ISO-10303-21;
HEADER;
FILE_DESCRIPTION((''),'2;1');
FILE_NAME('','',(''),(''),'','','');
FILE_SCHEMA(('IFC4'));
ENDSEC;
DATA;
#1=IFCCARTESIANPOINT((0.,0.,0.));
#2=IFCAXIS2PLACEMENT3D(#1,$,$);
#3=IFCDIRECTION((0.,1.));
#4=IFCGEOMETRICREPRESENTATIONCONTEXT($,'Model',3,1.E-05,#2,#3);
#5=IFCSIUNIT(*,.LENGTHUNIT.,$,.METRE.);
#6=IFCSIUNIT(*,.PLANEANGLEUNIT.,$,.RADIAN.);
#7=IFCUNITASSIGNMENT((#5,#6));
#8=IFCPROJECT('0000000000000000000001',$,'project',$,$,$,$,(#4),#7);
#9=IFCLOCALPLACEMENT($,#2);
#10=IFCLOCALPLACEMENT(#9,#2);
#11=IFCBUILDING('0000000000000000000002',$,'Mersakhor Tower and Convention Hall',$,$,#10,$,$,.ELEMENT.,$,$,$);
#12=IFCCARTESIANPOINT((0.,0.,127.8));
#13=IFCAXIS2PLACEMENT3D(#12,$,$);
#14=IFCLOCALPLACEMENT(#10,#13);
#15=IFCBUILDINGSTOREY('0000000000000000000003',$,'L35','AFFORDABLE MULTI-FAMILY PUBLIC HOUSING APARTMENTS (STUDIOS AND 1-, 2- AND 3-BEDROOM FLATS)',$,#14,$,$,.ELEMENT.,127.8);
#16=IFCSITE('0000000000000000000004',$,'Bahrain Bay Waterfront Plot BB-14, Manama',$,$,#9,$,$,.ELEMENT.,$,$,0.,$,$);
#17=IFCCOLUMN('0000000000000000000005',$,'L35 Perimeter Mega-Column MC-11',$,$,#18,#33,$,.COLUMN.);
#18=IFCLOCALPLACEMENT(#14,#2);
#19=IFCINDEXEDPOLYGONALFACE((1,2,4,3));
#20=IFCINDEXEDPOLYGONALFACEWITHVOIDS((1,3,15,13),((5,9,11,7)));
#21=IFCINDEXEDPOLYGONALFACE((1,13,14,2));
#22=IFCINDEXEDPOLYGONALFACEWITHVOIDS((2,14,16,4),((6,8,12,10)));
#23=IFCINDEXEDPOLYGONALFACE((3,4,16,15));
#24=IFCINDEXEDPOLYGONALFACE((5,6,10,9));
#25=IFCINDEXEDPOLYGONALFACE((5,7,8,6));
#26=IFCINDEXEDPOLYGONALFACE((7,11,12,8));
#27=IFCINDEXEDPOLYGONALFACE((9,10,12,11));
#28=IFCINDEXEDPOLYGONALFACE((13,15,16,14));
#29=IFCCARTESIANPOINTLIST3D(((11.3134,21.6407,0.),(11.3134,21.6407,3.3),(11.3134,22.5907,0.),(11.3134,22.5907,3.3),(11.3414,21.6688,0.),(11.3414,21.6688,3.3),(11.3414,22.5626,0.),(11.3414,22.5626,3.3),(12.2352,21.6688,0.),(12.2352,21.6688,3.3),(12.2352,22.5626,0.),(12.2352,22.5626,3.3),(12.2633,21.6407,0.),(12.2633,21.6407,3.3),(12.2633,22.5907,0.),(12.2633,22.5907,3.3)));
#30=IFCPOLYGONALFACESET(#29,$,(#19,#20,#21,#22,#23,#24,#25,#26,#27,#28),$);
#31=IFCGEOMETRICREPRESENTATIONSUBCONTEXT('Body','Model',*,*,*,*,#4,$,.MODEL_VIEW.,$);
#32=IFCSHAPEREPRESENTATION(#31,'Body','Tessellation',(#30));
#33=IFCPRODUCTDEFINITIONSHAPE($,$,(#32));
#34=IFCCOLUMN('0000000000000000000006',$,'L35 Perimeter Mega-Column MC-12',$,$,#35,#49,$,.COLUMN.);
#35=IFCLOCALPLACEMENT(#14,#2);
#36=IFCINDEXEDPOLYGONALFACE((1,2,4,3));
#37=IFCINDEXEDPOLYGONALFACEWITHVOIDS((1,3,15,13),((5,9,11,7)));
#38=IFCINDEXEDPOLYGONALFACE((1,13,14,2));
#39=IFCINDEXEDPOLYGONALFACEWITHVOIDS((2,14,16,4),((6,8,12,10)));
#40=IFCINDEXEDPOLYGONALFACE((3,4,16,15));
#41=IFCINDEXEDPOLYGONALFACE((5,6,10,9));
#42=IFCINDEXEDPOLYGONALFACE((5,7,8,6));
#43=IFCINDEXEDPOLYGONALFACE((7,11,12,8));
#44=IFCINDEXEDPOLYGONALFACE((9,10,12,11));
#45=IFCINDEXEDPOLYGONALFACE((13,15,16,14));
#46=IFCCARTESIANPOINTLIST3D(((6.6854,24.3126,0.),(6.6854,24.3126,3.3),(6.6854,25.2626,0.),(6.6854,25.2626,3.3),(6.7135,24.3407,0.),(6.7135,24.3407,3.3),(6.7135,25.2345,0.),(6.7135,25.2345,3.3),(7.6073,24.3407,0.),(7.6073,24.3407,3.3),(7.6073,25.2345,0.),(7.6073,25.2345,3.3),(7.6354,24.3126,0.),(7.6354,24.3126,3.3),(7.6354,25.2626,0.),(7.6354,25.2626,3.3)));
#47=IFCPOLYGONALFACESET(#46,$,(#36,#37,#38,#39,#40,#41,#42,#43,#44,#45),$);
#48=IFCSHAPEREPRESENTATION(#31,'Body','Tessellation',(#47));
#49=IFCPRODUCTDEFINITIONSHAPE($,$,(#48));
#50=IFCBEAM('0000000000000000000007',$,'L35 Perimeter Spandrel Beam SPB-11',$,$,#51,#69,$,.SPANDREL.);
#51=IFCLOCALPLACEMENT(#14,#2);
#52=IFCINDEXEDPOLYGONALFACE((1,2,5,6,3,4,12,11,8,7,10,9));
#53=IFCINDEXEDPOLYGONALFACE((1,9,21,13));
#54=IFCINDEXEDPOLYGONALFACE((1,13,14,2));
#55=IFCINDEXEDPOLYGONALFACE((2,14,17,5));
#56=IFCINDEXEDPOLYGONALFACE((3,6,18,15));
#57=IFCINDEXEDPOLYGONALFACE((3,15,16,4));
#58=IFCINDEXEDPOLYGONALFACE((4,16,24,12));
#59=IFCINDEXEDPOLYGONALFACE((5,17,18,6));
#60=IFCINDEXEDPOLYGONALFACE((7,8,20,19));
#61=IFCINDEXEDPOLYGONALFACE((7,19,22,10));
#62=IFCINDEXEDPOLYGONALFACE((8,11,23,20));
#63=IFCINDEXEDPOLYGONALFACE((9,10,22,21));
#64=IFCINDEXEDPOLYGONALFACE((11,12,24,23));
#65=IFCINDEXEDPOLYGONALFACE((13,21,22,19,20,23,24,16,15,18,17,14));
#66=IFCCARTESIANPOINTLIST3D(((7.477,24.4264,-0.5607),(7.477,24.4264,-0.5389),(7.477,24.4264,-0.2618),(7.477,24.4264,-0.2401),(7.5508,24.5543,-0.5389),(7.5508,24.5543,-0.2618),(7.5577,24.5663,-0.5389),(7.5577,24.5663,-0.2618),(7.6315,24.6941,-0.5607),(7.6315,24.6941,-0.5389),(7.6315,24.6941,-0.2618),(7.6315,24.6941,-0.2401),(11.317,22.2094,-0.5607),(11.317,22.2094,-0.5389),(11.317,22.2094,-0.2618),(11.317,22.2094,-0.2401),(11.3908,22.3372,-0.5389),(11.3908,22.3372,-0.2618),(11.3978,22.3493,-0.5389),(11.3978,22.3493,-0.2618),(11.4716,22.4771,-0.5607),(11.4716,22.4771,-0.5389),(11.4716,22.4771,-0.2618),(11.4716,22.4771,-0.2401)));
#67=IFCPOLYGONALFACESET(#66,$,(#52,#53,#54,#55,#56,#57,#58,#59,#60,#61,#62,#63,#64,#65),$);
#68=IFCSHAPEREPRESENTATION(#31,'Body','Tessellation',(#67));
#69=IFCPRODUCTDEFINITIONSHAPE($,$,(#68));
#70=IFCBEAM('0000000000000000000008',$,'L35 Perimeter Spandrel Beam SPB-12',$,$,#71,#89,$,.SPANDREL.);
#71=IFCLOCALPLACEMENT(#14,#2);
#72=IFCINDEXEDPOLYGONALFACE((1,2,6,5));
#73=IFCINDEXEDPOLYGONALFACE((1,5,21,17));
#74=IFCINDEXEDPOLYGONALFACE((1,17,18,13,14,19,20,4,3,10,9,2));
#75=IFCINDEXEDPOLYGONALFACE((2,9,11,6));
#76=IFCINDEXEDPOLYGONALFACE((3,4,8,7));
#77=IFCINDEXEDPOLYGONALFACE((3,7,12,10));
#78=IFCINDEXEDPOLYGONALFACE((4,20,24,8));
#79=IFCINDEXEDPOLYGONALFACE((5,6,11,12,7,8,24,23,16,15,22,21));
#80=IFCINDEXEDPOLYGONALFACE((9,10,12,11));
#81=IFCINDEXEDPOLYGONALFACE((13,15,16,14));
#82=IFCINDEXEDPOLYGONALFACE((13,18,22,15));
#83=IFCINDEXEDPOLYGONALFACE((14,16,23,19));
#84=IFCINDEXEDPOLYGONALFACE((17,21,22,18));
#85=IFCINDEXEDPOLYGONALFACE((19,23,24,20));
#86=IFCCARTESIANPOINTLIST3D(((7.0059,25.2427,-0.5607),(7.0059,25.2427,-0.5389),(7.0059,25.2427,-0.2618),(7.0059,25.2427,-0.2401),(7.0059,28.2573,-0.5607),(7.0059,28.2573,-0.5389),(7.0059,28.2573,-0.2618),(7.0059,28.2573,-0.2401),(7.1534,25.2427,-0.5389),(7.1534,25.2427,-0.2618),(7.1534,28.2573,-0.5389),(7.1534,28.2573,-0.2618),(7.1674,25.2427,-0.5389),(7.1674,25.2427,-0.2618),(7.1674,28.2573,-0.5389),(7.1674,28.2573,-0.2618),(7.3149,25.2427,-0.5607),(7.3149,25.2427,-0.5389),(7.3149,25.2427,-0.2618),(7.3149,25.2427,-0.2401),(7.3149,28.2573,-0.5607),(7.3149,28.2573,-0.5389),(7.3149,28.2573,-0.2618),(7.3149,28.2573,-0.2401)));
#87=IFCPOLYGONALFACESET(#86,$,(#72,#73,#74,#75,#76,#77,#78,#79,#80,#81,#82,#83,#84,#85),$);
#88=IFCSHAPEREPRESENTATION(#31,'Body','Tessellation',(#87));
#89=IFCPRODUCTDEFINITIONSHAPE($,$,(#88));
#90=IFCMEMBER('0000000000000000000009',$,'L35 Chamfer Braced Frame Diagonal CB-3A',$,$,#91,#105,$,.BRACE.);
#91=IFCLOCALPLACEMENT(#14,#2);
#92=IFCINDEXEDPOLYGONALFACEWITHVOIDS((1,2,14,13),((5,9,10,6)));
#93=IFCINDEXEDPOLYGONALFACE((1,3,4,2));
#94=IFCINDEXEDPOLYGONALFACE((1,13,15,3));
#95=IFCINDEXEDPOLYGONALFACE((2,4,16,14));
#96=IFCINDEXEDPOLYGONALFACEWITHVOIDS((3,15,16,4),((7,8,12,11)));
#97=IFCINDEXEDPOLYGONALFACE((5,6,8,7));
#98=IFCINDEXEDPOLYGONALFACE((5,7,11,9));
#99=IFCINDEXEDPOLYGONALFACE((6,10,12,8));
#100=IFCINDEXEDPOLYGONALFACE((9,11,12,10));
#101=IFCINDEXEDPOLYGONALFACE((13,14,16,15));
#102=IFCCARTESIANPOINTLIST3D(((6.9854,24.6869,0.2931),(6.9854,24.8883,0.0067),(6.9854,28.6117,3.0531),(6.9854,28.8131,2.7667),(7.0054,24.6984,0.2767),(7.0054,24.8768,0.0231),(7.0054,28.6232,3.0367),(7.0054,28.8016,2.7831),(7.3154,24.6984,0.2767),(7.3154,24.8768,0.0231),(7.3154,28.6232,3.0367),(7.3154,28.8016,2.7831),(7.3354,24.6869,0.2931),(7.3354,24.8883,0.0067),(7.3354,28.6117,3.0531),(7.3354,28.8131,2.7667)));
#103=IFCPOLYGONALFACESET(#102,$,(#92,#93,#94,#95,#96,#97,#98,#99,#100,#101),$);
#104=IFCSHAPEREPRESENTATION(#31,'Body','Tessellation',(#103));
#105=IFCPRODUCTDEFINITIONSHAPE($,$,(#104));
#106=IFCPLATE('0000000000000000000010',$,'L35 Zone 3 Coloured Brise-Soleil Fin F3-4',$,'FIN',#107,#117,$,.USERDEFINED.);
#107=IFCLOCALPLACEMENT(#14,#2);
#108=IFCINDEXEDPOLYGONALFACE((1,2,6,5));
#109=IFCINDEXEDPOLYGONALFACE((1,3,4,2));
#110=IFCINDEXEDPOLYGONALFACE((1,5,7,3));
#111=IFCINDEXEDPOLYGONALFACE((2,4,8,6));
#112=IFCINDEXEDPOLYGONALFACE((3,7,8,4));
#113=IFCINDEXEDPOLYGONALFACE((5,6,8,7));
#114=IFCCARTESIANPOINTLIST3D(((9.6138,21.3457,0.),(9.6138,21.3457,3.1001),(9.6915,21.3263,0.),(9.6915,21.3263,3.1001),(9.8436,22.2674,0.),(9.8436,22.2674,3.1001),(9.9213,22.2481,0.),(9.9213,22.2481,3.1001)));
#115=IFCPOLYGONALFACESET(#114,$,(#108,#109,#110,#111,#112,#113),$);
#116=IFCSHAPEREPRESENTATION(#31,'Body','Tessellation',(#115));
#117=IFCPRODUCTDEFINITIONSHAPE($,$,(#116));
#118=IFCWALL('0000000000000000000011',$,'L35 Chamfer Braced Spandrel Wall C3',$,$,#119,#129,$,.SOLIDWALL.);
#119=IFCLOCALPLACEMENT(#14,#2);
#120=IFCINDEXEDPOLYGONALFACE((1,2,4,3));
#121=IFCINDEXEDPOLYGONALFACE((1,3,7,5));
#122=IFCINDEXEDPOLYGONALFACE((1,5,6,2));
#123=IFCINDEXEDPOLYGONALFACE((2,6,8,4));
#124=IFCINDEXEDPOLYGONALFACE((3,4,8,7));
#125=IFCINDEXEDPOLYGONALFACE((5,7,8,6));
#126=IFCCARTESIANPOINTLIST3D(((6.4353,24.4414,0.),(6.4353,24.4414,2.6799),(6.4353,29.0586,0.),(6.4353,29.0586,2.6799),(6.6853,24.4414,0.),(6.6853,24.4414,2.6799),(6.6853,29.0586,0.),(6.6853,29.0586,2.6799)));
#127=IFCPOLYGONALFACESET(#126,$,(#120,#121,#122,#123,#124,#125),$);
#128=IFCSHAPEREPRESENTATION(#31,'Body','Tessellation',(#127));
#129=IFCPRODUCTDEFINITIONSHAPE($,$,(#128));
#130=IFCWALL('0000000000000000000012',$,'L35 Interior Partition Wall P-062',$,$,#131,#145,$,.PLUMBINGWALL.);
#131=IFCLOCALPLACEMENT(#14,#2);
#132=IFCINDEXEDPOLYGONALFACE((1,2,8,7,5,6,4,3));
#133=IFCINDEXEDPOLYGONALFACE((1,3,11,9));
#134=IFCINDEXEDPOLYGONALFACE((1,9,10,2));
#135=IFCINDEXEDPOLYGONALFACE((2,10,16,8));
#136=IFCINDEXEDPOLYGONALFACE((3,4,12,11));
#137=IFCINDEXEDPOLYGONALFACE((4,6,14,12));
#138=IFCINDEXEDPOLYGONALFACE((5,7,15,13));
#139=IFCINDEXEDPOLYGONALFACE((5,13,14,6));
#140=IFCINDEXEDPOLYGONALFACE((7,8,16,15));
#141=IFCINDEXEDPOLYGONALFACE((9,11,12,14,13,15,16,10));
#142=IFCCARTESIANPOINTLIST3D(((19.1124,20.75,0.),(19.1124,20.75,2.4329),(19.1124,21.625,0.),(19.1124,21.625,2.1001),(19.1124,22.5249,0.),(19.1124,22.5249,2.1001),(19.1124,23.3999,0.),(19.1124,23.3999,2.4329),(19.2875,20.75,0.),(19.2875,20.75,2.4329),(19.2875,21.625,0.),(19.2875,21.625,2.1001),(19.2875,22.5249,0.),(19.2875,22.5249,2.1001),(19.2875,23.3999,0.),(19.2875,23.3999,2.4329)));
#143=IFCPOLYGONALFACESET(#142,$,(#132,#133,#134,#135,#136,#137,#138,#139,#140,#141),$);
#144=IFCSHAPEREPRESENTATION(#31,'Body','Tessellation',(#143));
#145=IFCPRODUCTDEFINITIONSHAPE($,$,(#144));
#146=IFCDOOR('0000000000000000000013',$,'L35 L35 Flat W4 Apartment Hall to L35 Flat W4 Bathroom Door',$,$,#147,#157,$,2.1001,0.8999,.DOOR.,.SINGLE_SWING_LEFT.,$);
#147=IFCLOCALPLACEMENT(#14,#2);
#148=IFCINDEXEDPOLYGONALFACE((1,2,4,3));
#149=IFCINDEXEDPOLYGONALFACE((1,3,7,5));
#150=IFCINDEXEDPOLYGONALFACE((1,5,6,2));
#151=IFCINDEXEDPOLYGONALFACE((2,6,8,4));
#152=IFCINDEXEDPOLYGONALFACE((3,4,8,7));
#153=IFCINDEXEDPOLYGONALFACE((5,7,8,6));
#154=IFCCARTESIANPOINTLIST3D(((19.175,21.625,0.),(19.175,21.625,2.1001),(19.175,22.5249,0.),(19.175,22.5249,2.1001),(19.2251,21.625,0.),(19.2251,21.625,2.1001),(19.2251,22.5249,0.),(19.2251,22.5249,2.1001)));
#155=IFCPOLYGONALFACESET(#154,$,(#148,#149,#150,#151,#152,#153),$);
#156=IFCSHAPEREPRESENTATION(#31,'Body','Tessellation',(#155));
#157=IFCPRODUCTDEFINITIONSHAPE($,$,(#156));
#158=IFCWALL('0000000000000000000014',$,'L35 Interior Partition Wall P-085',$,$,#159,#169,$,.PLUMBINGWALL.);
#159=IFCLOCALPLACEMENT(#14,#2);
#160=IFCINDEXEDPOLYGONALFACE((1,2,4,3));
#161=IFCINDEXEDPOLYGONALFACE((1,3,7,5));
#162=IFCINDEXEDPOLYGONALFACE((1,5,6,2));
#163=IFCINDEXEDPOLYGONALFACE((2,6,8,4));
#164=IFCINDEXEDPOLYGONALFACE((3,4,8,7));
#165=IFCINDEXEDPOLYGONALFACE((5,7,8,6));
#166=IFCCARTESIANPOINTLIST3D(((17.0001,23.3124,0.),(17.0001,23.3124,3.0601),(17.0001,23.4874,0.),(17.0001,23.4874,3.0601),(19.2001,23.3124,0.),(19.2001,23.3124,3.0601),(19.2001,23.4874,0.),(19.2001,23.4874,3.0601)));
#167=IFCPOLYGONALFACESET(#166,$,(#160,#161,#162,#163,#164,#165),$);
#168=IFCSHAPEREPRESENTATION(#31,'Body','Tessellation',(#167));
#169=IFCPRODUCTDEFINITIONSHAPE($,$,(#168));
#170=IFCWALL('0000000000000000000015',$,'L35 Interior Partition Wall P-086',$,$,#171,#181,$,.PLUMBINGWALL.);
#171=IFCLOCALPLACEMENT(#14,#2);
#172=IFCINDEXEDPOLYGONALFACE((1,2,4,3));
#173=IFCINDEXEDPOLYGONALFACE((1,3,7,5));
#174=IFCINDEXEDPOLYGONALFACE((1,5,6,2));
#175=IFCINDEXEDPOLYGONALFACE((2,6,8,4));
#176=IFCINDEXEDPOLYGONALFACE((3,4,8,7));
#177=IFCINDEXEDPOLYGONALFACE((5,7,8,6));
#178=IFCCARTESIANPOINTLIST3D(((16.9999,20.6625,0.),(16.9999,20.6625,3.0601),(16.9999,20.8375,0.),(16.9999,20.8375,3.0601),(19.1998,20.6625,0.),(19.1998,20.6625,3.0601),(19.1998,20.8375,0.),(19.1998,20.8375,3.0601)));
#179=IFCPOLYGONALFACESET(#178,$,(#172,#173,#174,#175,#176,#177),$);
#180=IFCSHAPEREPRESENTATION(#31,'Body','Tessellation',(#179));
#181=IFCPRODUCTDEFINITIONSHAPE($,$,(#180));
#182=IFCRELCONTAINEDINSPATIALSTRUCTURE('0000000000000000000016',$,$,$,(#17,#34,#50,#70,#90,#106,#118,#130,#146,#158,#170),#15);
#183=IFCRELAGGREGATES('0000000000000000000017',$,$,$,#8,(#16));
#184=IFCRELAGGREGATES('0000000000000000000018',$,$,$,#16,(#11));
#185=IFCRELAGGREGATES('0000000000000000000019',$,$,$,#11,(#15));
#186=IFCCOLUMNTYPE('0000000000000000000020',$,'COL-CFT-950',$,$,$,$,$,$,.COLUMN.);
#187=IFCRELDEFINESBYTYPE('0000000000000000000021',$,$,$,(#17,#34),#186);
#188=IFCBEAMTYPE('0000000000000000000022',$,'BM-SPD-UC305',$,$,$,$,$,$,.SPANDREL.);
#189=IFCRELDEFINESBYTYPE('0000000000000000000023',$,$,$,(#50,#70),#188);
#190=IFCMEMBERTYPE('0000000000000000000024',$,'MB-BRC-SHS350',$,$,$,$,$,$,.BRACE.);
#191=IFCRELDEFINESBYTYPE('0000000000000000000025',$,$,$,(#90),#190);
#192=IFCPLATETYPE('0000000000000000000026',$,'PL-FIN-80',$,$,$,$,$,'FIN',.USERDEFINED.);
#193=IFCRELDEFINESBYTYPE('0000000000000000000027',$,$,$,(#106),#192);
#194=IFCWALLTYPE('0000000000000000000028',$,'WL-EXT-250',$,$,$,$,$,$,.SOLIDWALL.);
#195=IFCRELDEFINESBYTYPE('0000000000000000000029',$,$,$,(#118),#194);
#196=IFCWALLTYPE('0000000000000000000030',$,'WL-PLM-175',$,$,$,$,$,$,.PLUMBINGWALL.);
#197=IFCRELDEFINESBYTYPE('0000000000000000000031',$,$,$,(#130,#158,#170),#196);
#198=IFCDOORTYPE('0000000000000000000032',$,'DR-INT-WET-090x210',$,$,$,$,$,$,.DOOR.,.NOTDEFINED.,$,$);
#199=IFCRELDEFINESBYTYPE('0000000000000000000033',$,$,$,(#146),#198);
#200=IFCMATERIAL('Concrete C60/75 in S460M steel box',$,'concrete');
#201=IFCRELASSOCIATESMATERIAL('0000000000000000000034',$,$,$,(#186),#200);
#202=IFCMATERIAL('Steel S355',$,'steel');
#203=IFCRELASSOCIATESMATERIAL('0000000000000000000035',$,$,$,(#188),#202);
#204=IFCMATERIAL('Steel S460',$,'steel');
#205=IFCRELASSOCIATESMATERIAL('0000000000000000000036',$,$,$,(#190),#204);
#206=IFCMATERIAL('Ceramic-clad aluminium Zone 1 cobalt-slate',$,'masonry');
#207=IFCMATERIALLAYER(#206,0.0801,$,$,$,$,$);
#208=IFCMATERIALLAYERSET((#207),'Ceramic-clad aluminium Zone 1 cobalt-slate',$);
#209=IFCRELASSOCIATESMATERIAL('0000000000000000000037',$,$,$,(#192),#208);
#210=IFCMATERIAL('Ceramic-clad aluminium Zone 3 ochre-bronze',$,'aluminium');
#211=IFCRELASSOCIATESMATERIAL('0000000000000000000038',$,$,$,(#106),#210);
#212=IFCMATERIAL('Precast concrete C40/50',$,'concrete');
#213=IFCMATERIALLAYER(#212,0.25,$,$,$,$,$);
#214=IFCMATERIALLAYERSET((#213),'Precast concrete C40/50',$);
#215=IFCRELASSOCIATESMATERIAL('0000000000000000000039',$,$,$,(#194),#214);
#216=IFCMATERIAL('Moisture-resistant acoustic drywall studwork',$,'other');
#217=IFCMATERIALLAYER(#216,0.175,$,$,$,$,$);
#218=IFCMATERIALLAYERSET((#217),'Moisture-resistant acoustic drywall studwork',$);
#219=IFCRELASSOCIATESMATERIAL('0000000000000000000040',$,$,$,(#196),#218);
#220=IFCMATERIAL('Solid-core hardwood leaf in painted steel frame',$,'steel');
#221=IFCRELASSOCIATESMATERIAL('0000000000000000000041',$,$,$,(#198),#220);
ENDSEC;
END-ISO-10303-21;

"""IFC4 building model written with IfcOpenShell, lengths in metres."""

from ifc_helpers import new_model, si_unit, direction, frame, frame_2d, origin, origin_2d, place, context, subcontext, project, spatial, rectangle, hollow_rectangle, i_section, extrude, material, layer, layer_set, material_profile, profile_set, type_object, element, fill, save


model = new_model("IFC4")

# Units and contexts
model_context = context("Model", 3, precision=1e-05, world=origin(), true_north=direction((0.0, 1.0)))
body_context = subcontext(model_context, "Body", "Model", "MODEL_VIEW")
ifc_project = project(units=[si_unit("LENGTHUNIT", "METRE"), si_unit("PLANEANGLEUNIT", "RADIAN")], contexts=[model_context])

# Site, building, storey
site_placement = place(None, origin())
site = spatial("IfcSite", under=ifc_project, at=site_placement, Name="Bahrain Bay Waterfront Plot BB-14, Manama", CompositionType="ELEMENT", RefElevation=0.0)
building_placement = place(site_placement, origin())
building = spatial("IfcBuilding", under=site, at=building_placement, Name="Mersakhor Tower and Convention Hall", CompositionType="ELEMENT")
storey_placement = place(building_placement, frame((0.0, 0.0, 127.8)))
storey = spatial("IfcBuildingStorey", under=building, at=storey_placement, Name="L35", Description="AFFORDABLE MULTI-FAMILY PUBLIC HOUSING APARTMENTS (STUDIOS AND 1-, 2- AND 3-BEDROOM FLATS)", CompositionType="ELEMENT", Elevation=127.8)

# Columns
ifc_material_1 = material(Name="Concrete C60/75 in S460M steel box", Category="concrete")
ifc_material_profile_1 = material_profile(ifc_material_1, hollow_rectangle(XDim=0.95, YDim=0.95, WallThickness=0.0281, at=origin_2d()), Name="SHS 950x950x28")
ifc_profile_set_1 = profile_set([ifc_material_profile_1], Name="Concrete C60/75 in S460M steel box")
column_type = type_object("IfcColumnType", Name="COL-CFT-950", PredefinedType="COLUMN", material=ifc_profile_set_1)
for number, where, z_axis, x_axis, name in (
    (1, (11.7883, 22.1157, 0.0), (0.0, 0.0, 1.0), (1.0, 0.0, 0.0), "L35 Perimeter Mega-Column MC-11"),
    (2, (7.1604, 24.7876, 0.0), (0.0, 0.0, 1.0), (1.0, 0.0, 0.0), "L35 Perimeter Mega-Column MC-12"),
):
    element("IfcColumn", number, at=place(storey_placement, frame(where, z_axis=z_axis, x_axis=x_axis)), inside=storey, type_object=column_type, Name=name, PredefinedType="COLUMN", context=body_context, shape_type="SweptSolid", body=[
        extrude(hollow_rectangle(XDim=0.95, YDim=0.95, WallThickness=0.0281, at=origin_2d()), origin(), (0.0, 0.0, 1.0), 3.3),
    ])

# Beams
ifc_material_2 = material(Name="Steel S355", Category="steel")
ifc_material_profile_2 = material_profile(ifc_material_2, i_section(OverallWidth=0.3091, OverallDepth=0.3206, WebThickness=0.0139, FlangeThickness=0.0217, at=origin_2d()), Name="UC 305x305x137")
ifc_profile_set_2 = profile_set([ifc_material_profile_2], Name="Steel S355")
beam_type = type_object("IfcBeamType", Name="BM-SPD-UC305", PredefinedType="SPANDREL", material=ifc_profile_set_2)
beam_1_placement = place(storey_placement, frame((11.3943, 22.3433, -0.4004), z_axis=(-0.866029, 0.499994, 0.0), x_axis=(-0.499994, -0.866029, 0.0)))
element("IfcBeam", 3, at=beam_1_placement, inside=storey, type_object=beam_type, Name="L35 Perimeter Spandrel Beam SPB-11", PredefinedType="SPANDREL", context=body_context, shape_type="SweptSolid", body=[
    extrude(i_section(OverallWidth=0.3091, OverallDepth=0.3206, WebThickness=0.0139, FlangeThickness=0.0217, at=origin_2d()), origin(), (0.0, 0.0, 1.0), 4.4341),
])
beam_2_placement = place(storey_placement, frame((7.1604, 25.2427, -0.4004), z_axis=(0.0, 1.0, 0.0), x_axis=(-1.0, 0.0, 0.0)))
element("IfcBeam", 4, at=beam_2_placement, inside=storey, type_object=beam_type, Name="L35 Perimeter Spandrel Beam SPB-12", PredefinedType="SPANDREL", context=body_context, shape_type="SweptSolid", body=[
    extrude(i_section(OverallWidth=0.3091, OverallDepth=0.3206, WebThickness=0.0139, FlangeThickness=0.0217, at=origin_2d()), origin(), (0.0, 0.0, 1.0), 3.0146),
])

# Member
ifc_material_3 = material(Name="Steel S460", Category="steel")
ifc_material_profile_3 = material_profile(ifc_material_3, hollow_rectangle(XDim=0.3501, YDim=0.3501, WallThickness=0.02, at=origin_2d()), Name="SHS 350x350x20")
ifc_profile_set_3 = profile_set([ifc_material_profile_3], Name="Steel S460")
member_type = type_object("IfcMemberType", Name="MB-BRC-SHS350", PredefinedType="BRACE", material=ifc_profile_set_3)
member_placement = place(storey_placement, frame((7.1604, 24.7876, 0.1499), z_axis=(0.0, 0.817992, 0.57523), x_axis=(-1.0, 0.0, 0.0)))
element("IfcMember", 5, at=member_placement, inside=storey, type_object=member_type, Name="L35 Chamfer Braced Frame Diagonal CB-3A", PredefinedType="BRACE", context=body_context, shape_type="SweptSolid", body=[
    extrude(hollow_rectangle(XDim=0.3501, YDim=0.3501, WallThickness=0.02, at=origin_2d()), origin(), (0.0, 0.0, 1.0), 4.7981),
])

# Plate
ifc_material_4 = material(Name="Ceramic-clad aluminium Zone 3 ochre-bronze", Category="aluminium")
ifc_material_5 = material(Name="Ceramic-clad aluminium Zone 1 cobalt-slate", Category="masonry")
ifc_layer_1 = layer(ifc_material_5, 0.0801)
ifc_layer_set_1 = layer_set([ifc_layer_1], Name="Ceramic-clad aluminium Zone 1 cobalt-slate")
plate_type = type_object("IfcPlateType", Name="PL-FIN-80", ElementType="FIN", PredefinedType="USERDEFINED", material=ifc_layer_set_1)
plate_placement = place(storey_placement, frame((9.7676, 21.7969, 0.0), z_axis=(0.0, 0.0, 1.0), x_axis=(-0.241922, -0.970296, 0.0)))
element("IfcPlate", 6, at=plate_placement, inside=storey, type_object=plate_type, material=ifc_material_4, Name="L35 Zone 3 Coloured Brise-Soleil Fin F3-4", ObjectType="FIN", PredefinedType="USERDEFINED", context=body_context, shape_type="SweptSolid", body=[
    extrude(rectangle(XDim=0.95, YDim=0.0801, at=origin_2d()), origin(), (0.0, 0.0, 1.0), 3.1001),
])

# Wall
ifc_material_6 = material(Name="Precast concrete C40/50", Category="concrete")
ifc_layer_2 = layer(ifc_material_6, 0.25)
ifc_layer_set_2 = layer_set([ifc_layer_2], Name="Precast concrete C40/50")
wall_type_1 = type_object("IfcWallType", Name="WL-EXT-250", PredefinedType="SOLIDWALL", material=ifc_layer_set_2)
wall_1_placement = place(storey_placement, frame((6.5603, 24.4414, 0.0), z_axis=(0.0, 0.0, 1.0), x_axis=(0.0, 1.0, 0.0)))
element("IfcWall", 7, at=wall_1_placement, inside=storey, type_object=wall_type_1, Name="L35 Chamfer Braced Spandrel Wall C3", PredefinedType="SOLIDWALL", context=body_context, shape_type="SweptSolid", body=[
    extrude(rectangle(XDim=4.6172, YDim=0.25, at=frame_2d((2.3086, 0.0))), origin(), (0.0, 0.0, 1.0), 2.6799),
])

# Wall, opening, door
ifc_material_7 = material(Name="Moisture-resistant acoustic drywall studwork", Category="other")
ifc_layer_3 = layer(ifc_material_7, 0.175)
ifc_layer_set_3 = layer_set([ifc_layer_3], Name="Moisture-resistant acoustic drywall studwork")
wall_type_2 = type_object("IfcWallType", Name="WL-PLM-175", PredefinedType="PLUMBINGWALL", material=ifc_layer_set_3)
wall_2_placement = place(storey_placement, frame((19.2, 20.75, 0.0), z_axis=(0.0, 0.0, 1.0), x_axis=(0.0, 1.0, 0.0)))
wall_2 = element("IfcWall", 8, at=wall_2_placement, inside=storey, type_object=wall_type_2, Name="L35 Interior Partition Wall P-062", PredefinedType="PLUMBINGWALL", context=body_context, shape_type="SweptSolid", body=[
    extrude(rectangle(XDim=2.6499, YDim=0.175, at=frame_2d((1.325, 0.0))), origin(), (0.0, 0.0, 1.0), 2.4329),
])
opening_1_placement = place(wall_2_placement, frame((0.875, 0.0, 0.0)))
opening_1 = element("IfcOpeningElement", 9, at=opening_1_placement, cuts=wall_2, PredefinedType="OPENING", context=body_context, shape_type="SweptSolid", body=[
    extrude(rectangle(XDim=0.8999, YDim=2.1001, at=frame_2d((0.45, 1.05))), frame((0.0, 0.0974, 0.0), z_axis=(0.0, -1.0, 0.0), x_axis=(1.0, 0.0, 0.0)), (0.0, 0.0, 1.0), 0.1951),
])
ifc_material_8 = material(Name="Solid-core hardwood leaf in painted steel frame", Category="steel")
door_type_1 = type_object("IfcDoorType", Name="DR-INT-WET-090x210", OperationType="NOTDEFINED", PredefinedType="DOOR", material=ifc_material_8)
door_1_placement = place(opening_1_placement, origin())
door_1 = element("IfcDoor", 10, at=door_1_placement, inside=storey, type_object=door_type_1, Name="L35 L35 Flat W4 Apartment Hall to L35 Flat W4 Bathroom Door", OperationType="SINGLE_SWING_LEFT", OverallHeight=2.1001, OverallWidth=0.8999, PredefinedType="DOOR", context=body_context, shape_type="SweptSolid", body=[
    extrude(rectangle(XDim=0.8999, YDim=2.1001, at=frame_2d((0.45, 1.05))), frame((0.0, 0.0249, 0.0), z_axis=(0.0, -1.0, 0.0), x_axis=(1.0, 0.0, 0.0)), (0.0, 0.0, 1.0), 0.05),
])
fill(opening_1, door_1)

# Walls
for number, where, z_axis, x_axis, name in (
    (11, (17.0, 23.3999, 0.0), (0.0, 0.0, 1.0), (1.0, 0.0, 0.0), "L35 Interior Partition Wall P-085"),
    (12, (19.2, 20.75, 0.0), (0.0, 0.0, 1.0), (-1.0, 0.0, 0.0), "L35 Interior Partition Wall P-086"),
):
    element("IfcWall", number, at=place(storey_placement, frame(where, z_axis=z_axis, x_axis=x_axis)), inside=storey, type_object=wall_type_2, Name=name, PredefinedType="PLUMBINGWALL", context=body_context, shape_type="SweptSolid", body=[
        extrude(rectangle(XDim=2.2, YDim=0.175, at=frame_2d((1.1001, 0.0))), origin(), (0.0, 0.0, 1.0), 3.0601),
    ])

save(model, "model.ifc")
